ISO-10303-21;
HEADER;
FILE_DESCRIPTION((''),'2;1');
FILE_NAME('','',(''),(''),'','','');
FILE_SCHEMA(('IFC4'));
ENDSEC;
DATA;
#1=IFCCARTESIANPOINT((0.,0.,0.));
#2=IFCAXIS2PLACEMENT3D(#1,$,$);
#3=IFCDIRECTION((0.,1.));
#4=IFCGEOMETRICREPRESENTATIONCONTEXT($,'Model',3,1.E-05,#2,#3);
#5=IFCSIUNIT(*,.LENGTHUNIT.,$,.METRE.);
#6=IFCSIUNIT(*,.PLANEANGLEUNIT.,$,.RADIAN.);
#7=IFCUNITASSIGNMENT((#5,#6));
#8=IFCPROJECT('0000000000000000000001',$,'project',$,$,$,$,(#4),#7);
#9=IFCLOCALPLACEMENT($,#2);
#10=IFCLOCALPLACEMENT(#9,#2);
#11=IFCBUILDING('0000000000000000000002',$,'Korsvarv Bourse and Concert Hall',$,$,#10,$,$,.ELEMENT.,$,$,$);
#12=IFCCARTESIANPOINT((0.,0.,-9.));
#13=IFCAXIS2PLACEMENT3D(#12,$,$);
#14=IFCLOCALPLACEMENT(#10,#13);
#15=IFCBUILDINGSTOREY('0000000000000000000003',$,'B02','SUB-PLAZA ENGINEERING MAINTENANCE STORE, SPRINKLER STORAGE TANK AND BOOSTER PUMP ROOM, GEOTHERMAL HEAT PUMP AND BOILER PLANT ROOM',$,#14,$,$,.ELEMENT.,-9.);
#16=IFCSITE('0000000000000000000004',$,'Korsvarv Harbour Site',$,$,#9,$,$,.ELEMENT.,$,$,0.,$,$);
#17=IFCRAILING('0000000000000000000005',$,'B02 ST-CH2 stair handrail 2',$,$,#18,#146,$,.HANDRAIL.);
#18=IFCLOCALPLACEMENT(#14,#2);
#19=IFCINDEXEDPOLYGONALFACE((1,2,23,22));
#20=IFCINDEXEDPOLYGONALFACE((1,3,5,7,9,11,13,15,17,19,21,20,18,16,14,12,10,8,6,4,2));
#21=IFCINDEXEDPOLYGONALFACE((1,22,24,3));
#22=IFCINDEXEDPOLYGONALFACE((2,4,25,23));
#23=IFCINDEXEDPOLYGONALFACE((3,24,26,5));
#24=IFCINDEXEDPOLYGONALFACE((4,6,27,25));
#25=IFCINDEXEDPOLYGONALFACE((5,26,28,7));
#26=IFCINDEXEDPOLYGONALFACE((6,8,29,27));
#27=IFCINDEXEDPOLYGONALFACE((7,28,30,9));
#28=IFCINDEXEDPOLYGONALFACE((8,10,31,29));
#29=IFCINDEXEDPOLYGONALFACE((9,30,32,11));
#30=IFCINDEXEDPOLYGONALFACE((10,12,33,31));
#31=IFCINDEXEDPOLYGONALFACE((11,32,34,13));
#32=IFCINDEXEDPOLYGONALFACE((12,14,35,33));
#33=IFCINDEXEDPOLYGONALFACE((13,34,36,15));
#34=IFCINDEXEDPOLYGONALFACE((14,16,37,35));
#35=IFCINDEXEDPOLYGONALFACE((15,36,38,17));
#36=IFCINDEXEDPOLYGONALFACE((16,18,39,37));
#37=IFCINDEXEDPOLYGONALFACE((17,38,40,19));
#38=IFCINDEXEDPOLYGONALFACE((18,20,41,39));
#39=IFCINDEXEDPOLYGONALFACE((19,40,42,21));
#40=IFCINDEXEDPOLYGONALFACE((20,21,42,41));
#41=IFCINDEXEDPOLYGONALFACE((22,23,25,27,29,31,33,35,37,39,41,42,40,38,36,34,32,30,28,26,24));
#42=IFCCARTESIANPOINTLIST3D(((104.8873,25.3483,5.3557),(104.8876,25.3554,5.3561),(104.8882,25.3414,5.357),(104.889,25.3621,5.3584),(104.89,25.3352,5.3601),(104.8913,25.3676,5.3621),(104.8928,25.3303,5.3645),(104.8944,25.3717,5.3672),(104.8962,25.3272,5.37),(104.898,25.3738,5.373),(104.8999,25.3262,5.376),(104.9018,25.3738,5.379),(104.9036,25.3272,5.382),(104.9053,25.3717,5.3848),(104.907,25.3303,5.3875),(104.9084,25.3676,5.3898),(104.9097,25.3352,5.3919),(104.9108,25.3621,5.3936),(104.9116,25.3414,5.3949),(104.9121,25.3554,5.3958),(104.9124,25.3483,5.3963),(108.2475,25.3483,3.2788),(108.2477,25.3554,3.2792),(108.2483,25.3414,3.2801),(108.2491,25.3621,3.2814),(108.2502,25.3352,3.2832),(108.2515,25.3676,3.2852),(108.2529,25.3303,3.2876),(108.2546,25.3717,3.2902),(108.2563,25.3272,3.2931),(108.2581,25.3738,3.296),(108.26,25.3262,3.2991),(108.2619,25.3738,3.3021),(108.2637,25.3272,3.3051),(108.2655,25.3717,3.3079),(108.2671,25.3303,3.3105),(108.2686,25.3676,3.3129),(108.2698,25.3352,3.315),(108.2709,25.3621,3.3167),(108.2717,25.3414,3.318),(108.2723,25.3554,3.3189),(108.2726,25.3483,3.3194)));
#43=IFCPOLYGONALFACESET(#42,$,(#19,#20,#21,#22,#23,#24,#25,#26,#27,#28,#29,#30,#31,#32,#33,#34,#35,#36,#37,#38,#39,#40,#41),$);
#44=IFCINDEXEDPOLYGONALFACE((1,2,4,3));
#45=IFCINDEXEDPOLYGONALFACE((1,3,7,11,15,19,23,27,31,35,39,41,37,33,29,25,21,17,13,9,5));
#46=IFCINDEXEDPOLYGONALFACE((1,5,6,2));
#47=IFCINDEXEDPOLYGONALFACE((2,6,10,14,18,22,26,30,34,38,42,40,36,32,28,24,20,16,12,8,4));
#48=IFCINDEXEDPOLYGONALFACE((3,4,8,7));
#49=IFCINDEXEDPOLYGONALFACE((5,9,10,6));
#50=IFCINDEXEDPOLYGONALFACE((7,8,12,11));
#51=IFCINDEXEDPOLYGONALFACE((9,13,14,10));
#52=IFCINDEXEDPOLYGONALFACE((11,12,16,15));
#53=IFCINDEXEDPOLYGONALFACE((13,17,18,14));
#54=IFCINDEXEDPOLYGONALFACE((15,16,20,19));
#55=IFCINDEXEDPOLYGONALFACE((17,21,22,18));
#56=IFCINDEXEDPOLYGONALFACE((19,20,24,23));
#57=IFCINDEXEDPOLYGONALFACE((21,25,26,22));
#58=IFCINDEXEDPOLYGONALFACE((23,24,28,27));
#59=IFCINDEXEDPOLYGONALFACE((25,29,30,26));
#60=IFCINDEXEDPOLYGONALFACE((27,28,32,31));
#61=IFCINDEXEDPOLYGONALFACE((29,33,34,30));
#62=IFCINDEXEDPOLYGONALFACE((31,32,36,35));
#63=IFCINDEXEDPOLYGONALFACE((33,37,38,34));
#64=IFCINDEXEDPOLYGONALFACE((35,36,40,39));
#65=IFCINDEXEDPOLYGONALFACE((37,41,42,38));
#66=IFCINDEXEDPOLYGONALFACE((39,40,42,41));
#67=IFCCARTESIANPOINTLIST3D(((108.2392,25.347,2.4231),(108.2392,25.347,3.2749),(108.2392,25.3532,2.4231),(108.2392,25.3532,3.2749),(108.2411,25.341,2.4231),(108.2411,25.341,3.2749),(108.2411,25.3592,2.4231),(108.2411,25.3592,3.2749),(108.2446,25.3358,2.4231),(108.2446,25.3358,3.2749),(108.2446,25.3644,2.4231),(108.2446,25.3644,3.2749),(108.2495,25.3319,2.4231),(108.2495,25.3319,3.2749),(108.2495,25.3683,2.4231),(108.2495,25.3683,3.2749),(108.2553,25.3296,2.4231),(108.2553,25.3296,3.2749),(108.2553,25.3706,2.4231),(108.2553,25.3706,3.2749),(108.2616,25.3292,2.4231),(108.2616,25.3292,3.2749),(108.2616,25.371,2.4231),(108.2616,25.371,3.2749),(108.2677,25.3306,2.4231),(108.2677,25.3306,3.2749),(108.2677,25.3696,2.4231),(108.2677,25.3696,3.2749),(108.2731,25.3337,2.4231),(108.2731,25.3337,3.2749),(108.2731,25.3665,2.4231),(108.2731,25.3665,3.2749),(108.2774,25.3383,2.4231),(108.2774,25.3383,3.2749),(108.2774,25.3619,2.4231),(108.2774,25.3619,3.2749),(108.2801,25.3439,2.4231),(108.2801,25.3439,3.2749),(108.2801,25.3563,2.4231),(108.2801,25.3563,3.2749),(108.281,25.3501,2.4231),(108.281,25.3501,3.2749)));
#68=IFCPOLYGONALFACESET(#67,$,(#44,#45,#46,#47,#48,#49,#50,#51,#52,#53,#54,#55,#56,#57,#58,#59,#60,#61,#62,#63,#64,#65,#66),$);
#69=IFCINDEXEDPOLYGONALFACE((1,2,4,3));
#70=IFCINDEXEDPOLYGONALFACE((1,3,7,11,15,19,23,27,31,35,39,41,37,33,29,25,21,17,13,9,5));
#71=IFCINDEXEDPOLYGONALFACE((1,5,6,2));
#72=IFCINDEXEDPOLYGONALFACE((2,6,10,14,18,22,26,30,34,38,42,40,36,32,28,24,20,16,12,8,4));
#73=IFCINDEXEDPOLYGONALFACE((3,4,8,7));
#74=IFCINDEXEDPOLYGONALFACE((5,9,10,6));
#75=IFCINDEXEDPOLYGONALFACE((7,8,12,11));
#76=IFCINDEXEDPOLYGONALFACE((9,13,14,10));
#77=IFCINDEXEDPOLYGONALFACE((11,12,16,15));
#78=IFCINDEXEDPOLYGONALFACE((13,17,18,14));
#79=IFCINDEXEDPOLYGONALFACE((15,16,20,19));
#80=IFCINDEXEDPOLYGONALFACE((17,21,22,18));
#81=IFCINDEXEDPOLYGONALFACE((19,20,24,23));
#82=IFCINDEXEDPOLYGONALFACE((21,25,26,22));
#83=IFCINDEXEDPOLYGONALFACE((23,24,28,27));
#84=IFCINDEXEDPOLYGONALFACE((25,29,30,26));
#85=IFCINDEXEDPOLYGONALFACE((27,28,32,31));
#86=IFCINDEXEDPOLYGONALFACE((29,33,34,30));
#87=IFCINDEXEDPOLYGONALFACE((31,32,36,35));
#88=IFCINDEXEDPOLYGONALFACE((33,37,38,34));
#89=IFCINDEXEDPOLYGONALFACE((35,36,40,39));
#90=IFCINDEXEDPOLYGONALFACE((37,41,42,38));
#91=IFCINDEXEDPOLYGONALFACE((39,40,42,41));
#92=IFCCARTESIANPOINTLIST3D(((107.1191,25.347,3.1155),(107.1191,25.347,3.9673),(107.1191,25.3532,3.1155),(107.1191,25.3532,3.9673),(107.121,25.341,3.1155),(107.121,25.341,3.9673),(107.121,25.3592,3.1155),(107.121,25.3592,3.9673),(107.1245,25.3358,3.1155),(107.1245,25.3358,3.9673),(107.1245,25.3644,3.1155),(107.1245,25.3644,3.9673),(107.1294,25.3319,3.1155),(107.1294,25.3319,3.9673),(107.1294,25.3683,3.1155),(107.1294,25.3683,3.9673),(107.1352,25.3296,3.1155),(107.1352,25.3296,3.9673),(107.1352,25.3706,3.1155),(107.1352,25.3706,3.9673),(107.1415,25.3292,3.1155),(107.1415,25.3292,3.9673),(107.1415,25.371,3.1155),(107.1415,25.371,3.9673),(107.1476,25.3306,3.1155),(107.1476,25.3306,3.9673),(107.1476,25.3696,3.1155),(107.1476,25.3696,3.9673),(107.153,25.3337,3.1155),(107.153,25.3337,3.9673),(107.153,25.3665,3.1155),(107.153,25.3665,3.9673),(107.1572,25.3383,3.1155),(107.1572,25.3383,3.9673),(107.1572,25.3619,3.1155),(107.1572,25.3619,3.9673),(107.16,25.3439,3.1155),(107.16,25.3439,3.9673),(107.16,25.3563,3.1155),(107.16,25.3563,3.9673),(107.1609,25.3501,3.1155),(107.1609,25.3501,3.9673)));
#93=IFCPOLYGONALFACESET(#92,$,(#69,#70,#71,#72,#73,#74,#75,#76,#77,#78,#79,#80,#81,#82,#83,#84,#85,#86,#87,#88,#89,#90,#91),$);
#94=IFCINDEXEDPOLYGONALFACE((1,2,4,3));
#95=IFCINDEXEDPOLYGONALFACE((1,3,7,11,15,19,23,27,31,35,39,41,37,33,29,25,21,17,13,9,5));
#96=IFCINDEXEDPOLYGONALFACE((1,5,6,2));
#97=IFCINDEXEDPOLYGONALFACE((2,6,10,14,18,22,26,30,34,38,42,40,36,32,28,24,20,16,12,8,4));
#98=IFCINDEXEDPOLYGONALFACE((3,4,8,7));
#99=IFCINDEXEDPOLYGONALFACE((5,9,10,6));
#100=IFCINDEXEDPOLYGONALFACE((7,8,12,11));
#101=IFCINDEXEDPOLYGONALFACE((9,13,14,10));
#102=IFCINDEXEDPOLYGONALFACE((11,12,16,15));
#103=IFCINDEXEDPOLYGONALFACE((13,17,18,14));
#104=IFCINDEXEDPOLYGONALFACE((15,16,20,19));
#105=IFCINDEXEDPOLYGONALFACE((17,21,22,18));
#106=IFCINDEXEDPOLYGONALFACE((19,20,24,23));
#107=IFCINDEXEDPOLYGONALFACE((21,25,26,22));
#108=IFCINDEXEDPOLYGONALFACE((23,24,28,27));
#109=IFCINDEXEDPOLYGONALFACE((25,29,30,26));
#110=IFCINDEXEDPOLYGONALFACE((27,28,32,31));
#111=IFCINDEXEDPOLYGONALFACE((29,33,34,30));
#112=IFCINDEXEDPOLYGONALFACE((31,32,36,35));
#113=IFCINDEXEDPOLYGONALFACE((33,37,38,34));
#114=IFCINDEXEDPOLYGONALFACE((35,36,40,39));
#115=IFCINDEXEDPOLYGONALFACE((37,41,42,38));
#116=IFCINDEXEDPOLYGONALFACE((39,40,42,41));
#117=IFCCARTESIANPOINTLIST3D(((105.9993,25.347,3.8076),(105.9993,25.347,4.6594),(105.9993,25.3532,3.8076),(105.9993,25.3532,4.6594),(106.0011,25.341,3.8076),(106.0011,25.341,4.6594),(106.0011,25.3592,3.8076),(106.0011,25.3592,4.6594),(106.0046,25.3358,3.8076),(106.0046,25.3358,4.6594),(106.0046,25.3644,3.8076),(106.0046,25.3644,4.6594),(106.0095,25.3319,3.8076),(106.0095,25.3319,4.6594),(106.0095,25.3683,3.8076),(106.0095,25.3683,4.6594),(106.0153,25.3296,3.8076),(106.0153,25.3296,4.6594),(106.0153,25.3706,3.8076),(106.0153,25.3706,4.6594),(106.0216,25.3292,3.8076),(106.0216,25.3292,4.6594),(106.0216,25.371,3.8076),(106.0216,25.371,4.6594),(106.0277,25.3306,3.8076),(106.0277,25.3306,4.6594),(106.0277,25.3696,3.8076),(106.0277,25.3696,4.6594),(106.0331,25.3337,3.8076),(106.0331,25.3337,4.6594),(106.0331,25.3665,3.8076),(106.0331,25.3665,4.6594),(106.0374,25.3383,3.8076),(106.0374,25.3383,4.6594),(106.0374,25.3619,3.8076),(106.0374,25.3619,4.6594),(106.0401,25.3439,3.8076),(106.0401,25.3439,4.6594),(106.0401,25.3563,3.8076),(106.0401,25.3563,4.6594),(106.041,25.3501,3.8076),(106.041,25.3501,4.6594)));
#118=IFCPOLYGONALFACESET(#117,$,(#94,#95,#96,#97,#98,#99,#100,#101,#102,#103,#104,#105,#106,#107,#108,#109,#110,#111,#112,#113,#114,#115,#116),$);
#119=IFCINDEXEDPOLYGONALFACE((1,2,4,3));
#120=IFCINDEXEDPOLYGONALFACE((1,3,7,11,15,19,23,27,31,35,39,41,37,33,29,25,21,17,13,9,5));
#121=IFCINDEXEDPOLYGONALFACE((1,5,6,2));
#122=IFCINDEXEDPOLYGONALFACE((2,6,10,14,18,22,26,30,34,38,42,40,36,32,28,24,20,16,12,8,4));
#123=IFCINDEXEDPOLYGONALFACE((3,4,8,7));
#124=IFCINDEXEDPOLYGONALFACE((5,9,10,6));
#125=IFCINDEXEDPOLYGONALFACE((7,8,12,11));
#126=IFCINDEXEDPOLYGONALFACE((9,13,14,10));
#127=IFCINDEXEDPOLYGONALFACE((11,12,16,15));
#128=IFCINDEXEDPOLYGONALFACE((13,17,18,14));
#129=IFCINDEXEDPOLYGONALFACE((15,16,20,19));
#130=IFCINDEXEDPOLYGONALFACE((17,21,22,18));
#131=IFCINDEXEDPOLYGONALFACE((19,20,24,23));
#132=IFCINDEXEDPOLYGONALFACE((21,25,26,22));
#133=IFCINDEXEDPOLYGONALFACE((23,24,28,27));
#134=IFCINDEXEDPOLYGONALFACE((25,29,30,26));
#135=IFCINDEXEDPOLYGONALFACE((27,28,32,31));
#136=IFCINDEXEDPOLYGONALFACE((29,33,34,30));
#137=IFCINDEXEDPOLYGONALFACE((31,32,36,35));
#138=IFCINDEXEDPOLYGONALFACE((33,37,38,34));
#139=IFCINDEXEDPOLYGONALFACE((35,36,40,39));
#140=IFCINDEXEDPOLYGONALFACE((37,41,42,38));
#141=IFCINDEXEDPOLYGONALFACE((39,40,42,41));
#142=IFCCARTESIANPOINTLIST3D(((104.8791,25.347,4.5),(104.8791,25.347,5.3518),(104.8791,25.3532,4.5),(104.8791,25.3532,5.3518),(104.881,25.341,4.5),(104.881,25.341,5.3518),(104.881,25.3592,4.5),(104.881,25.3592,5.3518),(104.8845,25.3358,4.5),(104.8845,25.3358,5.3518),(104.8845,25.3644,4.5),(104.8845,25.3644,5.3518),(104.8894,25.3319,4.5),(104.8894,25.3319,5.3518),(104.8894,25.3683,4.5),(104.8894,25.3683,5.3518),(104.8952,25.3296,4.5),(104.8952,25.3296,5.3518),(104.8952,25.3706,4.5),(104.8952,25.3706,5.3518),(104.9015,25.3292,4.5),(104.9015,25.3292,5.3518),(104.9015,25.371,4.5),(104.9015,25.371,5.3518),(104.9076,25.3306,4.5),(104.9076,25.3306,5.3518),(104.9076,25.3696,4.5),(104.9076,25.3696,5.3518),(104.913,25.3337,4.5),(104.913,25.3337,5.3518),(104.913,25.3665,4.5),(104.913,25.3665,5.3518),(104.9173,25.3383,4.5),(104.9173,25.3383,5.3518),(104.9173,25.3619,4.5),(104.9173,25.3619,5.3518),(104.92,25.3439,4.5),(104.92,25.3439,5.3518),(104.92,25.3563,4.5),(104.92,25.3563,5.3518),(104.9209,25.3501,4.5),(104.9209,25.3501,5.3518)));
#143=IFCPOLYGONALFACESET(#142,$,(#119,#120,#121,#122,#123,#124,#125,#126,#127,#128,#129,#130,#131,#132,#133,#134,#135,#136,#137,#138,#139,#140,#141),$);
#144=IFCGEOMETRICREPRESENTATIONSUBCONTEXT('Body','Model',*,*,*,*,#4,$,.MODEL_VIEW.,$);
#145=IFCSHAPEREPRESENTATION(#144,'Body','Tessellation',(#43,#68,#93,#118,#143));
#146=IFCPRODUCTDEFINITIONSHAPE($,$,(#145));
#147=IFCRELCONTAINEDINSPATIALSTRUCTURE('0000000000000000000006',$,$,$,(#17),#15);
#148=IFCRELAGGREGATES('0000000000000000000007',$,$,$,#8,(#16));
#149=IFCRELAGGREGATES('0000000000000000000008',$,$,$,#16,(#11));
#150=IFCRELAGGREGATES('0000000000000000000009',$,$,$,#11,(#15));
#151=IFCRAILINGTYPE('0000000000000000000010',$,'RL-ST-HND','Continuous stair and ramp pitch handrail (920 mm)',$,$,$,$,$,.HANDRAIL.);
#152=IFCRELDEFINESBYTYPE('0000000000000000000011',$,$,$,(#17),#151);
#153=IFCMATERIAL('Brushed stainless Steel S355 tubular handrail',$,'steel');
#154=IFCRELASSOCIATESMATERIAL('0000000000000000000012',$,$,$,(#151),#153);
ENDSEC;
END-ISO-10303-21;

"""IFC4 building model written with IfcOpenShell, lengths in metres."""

from ifc_helpers import new_model, si_unit, direction, frame, origin, origin_2d, place, context, subcontext, project, spatial, circle, extrude, material, type_object, element, save


model = new_model("IFC4")

# Units and contexts
model_context = context("Model", 3, precision=1e-05, world=origin(), true_north=direction((0.0, 1.0)))
body_context = subcontext(model_context, "Body", "Model", "MODEL_VIEW")
ifc_project = project(units=[si_unit("LENGTHUNIT", "METRE"), si_unit("PLANEANGLEUNIT", "RADIAN")], contexts=[model_context])

# Site, building, storey
site_placement = place(None, origin())
site = spatial("IfcSite", under=ifc_project, at=site_placement, Name="Korsvarv Harbour Site", CompositionType="ELEMENT", RefElevation=0.0)
building_placement = place(site_placement, origin())
building = spatial("IfcBuilding", under=site, at=building_placement, Name="Korsvarv Bourse and Concert Hall", CompositionType="ELEMENT")
storey_placement = place(building_placement, frame((0.0, 0.0, -9.0)))
storey = spatial("IfcBuildingStorey", under=building, at=storey_placement, Name="B02", Description="SUB-PLAZA ENGINEERING MAINTENANCE STORE, SPRINKLER STORAGE TANK AND BOOSTER PUMP ROOM, GEOTHERMAL HEAT PUMP AND BOILER PLANT ROOM", CompositionType="ELEMENT", Elevation=-9.0)

# Railing
ifc_material_1 = material(Name="Brushed stainless Steel S355 tubular handrail", Category="steel")
railing_type_1 = type_object("IfcRailingType", Name="RL-ST-HND", Description="Continuous stair and ramp pitch handrail (920 mm)", PredefinedType="HANDRAIL", material=ifc_material_1)
railing_1_placement = place(storey_placement, frame((108.26, 25.3501, 2.4231)))
element("IfcRailing", 1, at=railing_1_placement, inside=storey, type_object=railing_type_1, Name="B02 ST-CH2 stair handrail 2", PredefinedType="HANDRAIL", context=body_context, shape_type="SweptSolid", body=[
    extrude(circle(Radius=0.0239, at=origin_2d()), frame((0.0, 0.0, 0.876), z_axis=(-0.850623, 0.0, 0.525776), x_axis=(0.0, -1.0, 0.0)), (0.0, 0.0, 1.0), 3.9502),
    extrude(circle(Radius=0.021, at=origin_2d()), origin(), (0.0, 0.0, 1.0), 0.8518),
    extrude(circle(Radius=0.021, at=origin_2d()), frame((-1.1201, 0.0, 0.6924)), (0.0, 0.0, 1.0), 0.8518),
    extrude(circle(Radius=0.021, at=origin_2d()), frame((-2.24, 0.0, 1.3845)), (0.0, 0.0, 1.0), 0.8518),
    extrude(circle(Radius=0.021, at=origin_2d()), frame((-3.3601, 0.0, 2.0769)), (0.0, 0.0, 1.0), 0.8518),
])

save(model, "model.ifc")
